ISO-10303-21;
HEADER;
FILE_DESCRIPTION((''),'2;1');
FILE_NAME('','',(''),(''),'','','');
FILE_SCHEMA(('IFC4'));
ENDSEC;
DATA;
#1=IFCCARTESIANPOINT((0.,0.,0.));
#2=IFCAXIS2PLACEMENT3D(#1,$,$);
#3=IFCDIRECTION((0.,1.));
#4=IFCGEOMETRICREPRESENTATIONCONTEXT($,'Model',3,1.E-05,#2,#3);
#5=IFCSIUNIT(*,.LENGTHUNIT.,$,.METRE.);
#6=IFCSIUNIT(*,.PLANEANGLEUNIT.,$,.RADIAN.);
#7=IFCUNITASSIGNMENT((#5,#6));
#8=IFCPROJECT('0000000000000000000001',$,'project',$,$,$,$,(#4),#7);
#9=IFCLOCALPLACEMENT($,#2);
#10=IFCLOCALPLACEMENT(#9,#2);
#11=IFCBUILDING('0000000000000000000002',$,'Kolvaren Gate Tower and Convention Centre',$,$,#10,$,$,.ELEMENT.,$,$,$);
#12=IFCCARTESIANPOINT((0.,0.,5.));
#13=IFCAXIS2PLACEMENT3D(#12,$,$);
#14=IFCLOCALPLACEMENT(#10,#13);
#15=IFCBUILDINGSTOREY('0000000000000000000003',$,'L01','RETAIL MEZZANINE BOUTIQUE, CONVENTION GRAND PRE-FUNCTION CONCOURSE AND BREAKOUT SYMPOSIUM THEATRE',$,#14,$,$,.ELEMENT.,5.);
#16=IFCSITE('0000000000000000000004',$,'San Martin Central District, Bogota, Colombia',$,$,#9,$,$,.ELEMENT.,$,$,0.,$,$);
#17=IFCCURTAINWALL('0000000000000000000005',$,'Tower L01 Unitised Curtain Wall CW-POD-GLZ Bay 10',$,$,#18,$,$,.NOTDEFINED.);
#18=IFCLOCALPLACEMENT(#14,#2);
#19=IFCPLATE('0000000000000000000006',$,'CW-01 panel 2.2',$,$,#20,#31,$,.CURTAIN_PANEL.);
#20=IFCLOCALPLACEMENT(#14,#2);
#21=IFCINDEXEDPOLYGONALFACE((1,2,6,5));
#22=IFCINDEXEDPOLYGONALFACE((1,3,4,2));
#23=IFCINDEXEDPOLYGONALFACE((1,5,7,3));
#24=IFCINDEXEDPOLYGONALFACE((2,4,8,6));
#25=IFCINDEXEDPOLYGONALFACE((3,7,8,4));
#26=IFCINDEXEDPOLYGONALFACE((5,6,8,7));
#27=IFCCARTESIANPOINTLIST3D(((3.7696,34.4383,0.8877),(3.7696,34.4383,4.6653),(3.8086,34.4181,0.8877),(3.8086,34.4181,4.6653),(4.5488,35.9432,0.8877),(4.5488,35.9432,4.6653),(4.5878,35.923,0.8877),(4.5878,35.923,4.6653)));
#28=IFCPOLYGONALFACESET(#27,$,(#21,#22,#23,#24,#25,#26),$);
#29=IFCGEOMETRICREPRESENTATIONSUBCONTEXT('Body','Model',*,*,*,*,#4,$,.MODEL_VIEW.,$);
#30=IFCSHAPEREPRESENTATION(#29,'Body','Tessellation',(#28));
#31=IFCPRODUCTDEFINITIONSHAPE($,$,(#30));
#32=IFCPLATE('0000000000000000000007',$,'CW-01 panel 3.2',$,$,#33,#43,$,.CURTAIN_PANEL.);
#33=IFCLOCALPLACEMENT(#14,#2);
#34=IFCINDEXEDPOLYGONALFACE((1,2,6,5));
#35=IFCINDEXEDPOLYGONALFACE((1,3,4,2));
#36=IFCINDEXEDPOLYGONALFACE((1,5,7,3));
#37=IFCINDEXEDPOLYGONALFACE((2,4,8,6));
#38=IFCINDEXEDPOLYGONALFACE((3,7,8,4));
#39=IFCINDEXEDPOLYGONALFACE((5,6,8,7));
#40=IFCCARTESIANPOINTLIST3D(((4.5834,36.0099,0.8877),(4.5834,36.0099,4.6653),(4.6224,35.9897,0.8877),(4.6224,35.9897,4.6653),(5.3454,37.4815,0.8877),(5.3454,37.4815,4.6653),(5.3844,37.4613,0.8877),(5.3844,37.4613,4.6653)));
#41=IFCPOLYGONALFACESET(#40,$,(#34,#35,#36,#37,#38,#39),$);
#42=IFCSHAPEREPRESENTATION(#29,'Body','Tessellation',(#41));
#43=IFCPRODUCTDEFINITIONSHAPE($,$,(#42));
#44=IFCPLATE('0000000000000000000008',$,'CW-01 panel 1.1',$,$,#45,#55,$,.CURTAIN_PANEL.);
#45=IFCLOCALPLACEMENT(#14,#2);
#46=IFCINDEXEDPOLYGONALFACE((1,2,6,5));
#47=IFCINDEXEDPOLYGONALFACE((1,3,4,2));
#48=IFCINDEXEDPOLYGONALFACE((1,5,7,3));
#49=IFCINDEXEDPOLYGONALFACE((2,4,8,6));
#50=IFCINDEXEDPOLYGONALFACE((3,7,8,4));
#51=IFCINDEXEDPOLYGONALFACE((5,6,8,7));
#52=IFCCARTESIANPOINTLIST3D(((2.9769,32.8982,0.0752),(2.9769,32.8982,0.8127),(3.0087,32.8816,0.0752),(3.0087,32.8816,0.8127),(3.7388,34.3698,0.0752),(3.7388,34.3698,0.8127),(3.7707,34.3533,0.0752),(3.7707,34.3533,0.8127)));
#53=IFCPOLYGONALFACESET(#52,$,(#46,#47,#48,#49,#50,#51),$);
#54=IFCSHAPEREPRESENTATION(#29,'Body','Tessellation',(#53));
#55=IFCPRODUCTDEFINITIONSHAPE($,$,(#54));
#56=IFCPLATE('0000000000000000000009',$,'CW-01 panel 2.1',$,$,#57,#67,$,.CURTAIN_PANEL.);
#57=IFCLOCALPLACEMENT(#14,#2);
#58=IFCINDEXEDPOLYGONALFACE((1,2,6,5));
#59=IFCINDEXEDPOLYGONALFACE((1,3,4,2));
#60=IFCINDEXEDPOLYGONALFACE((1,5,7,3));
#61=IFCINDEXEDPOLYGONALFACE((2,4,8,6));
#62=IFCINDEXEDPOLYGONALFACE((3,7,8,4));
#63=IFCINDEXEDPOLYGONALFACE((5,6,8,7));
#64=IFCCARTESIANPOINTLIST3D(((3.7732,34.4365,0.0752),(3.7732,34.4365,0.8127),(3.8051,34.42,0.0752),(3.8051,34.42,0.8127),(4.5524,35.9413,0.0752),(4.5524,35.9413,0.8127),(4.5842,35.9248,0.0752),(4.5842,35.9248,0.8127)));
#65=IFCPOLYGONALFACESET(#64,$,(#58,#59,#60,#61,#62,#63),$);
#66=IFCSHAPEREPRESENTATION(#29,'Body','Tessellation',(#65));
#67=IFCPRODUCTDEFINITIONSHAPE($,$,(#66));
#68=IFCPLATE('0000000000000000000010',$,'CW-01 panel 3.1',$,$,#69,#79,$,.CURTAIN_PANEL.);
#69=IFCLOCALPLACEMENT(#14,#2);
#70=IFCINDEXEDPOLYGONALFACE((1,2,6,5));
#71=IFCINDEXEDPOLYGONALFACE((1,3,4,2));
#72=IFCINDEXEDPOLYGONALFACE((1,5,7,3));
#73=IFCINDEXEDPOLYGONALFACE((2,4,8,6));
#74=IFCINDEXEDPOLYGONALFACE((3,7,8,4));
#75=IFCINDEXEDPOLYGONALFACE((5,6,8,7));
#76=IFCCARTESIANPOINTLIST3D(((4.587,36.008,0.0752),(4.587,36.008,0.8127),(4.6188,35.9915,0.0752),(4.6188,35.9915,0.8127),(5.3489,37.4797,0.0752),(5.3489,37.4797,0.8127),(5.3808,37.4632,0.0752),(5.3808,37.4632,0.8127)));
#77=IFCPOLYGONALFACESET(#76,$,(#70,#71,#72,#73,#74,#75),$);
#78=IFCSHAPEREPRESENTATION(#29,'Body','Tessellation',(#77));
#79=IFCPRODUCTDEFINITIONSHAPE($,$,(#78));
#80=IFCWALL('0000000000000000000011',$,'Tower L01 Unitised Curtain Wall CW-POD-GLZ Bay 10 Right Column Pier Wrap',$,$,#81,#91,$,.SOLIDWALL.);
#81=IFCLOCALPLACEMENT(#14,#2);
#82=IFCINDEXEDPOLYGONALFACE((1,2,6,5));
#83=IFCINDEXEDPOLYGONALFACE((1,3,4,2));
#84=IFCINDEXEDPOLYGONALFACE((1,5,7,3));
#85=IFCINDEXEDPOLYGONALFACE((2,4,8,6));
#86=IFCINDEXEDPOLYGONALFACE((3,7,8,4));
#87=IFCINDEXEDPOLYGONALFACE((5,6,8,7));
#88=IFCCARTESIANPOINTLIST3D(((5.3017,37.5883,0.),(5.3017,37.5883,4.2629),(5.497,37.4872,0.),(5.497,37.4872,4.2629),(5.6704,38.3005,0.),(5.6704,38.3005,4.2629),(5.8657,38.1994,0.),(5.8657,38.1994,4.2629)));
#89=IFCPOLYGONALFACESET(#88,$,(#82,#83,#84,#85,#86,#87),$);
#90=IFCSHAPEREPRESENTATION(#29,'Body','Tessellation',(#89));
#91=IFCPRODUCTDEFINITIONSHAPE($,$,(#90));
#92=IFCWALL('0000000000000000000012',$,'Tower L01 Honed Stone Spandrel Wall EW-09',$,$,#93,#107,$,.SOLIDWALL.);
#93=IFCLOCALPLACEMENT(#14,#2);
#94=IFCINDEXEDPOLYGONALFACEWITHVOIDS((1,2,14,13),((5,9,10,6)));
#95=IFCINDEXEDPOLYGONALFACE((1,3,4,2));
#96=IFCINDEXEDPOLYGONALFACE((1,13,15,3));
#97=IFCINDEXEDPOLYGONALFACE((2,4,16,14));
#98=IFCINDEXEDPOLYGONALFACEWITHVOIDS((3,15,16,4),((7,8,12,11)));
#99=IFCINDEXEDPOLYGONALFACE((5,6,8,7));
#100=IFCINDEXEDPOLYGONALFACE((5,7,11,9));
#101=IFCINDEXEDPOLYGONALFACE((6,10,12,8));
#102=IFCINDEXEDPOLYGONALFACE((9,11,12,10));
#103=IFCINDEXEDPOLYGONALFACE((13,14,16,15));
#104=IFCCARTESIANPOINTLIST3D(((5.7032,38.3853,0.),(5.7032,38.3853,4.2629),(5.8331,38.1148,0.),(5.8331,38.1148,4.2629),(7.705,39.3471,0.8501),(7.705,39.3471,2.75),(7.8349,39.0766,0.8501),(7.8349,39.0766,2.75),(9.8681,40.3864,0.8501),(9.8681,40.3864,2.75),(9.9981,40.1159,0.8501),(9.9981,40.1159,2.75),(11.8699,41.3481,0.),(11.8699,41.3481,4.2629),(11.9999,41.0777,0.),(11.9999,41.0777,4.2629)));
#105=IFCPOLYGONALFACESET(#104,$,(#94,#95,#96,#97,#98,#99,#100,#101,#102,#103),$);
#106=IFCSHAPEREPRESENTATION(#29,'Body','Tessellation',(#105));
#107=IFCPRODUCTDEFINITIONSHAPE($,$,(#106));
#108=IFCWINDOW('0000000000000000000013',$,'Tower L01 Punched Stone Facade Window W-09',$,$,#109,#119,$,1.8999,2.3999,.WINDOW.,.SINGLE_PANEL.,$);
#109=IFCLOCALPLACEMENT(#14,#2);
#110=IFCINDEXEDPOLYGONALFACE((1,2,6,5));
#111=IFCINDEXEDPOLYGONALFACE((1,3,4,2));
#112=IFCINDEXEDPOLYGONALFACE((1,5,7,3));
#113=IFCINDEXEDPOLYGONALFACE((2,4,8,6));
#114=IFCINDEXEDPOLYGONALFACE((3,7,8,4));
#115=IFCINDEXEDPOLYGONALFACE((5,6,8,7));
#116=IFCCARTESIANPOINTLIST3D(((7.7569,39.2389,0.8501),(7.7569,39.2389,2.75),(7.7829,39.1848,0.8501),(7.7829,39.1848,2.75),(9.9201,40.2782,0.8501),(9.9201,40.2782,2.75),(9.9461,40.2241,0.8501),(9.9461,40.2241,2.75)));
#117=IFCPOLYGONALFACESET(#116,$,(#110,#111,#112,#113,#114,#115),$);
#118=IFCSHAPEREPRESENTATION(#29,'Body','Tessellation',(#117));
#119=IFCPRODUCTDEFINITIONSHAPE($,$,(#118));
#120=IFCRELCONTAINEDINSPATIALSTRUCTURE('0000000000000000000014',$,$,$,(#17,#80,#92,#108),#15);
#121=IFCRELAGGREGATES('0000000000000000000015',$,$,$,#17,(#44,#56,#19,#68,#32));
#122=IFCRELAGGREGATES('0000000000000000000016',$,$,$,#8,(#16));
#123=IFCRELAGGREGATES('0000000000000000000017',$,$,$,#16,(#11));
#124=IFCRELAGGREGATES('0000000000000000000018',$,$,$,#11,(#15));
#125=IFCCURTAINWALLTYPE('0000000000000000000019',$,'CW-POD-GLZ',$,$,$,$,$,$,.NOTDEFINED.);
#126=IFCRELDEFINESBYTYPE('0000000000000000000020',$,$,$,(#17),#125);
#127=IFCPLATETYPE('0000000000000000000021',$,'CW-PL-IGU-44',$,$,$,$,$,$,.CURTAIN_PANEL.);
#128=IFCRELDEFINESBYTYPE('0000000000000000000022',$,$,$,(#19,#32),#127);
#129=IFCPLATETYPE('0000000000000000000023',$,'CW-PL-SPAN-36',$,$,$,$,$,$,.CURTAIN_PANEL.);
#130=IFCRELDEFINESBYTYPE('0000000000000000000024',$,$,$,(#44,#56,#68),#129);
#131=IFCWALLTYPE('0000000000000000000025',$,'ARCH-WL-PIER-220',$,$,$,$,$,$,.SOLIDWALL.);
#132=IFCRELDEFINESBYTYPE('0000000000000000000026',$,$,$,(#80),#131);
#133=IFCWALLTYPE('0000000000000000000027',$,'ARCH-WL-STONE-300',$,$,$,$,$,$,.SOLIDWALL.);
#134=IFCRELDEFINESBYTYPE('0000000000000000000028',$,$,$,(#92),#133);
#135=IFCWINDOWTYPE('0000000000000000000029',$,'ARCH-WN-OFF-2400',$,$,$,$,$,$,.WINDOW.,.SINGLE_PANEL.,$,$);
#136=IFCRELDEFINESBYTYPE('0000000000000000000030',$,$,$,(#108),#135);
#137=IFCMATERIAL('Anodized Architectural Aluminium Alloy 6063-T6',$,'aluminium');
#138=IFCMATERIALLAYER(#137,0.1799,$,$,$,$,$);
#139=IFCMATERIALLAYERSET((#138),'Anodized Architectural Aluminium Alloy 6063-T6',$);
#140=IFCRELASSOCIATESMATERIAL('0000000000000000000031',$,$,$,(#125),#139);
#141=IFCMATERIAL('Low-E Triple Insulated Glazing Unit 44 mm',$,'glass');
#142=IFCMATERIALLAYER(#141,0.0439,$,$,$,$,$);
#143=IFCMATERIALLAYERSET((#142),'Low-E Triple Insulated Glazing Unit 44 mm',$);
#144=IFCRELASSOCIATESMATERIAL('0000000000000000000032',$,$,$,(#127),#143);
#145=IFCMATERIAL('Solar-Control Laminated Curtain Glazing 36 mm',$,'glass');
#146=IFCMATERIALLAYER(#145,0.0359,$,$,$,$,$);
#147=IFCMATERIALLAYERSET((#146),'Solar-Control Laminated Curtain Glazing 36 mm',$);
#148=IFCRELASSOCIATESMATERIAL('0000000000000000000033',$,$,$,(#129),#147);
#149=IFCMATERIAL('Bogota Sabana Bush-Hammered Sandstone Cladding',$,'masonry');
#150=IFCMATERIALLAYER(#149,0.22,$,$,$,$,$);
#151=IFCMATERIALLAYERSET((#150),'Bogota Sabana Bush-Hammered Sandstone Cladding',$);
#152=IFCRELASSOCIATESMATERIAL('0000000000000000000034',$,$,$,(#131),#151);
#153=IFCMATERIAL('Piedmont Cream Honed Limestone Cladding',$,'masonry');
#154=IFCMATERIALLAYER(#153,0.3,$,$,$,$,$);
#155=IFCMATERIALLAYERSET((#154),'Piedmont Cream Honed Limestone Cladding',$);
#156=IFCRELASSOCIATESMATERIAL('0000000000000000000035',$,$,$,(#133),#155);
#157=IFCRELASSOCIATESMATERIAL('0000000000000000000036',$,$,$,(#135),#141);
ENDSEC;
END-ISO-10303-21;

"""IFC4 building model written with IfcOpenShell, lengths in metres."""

from ifc_helpers import new_model, si_unit, direction, frame, frame_2d, origin, origin_2d, place, context, subcontext, project, spatial, rectangle, extrude, material, layer, layer_set, type_object, element, fill, aggregate, save


model = new_model("IFC4")

# Units and contexts
model_context = context("Model", 3, precision=1e-05, world=origin(), true_north=direction((0.0, 1.0)))
body_context = subcontext(model_context, "Body", "Model", "MODEL_VIEW")
ifc_project = project(units=[si_unit("LENGTHUNIT", "METRE"), si_unit("PLANEANGLEUNIT", "RADIAN")], contexts=[model_context])

# Site, building, storey
site_placement = place(None, origin())
site = spatial("IfcSite", under=ifc_project, at=site_placement, Name="San Martin Central District, Bogota, Colombia", CompositionType="ELEMENT", RefElevation=0.0)
building_placement = place(site_placement, origin())
building = spatial("IfcBuilding", under=site, at=building_placement, Name="Kolvaren Gate Tower and Convention Centre", CompositionType="ELEMENT")
storey_placement = place(building_placement, frame((0.0, 0.0, 5.0)))
storey = spatial("IfcBuildingStorey", under=building, at=storey_placement, Name="L01", Description="RETAIL MEZZANINE BOUTIQUE, CONVENTION GRAND PRE-FUNCTION CONCOURSE AND BREAKOUT SYMPOSIUM THEATRE", CompositionType="ELEMENT", Elevation=5.0)

# Curtain wall, plates
ifc_material_1 = material(Name="Anodized Architectural Aluminium Alloy 6063-T6", Category="aluminium")
ifc_layer_1 = layer(ifc_material_1, 0.1799)
ifc_layer_set_1 = layer_set([ifc_layer_1], Name="Anodized Architectural Aluminium Alloy 6063-T6")
curtain_wall_type = type_object("IfcCurtainWallType", Name="CW-POD-GLZ", PredefinedType="NOTDEFINED", material=ifc_layer_set_1)
curtain_wall_placement = place(storey_placement, origin())
curtain_wall = element("IfcCurtainWall", 1, at=curtain_wall_placement, inside=storey, type_object=curtain_wall_type, Name="Tower L01 Unitised Curtain Wall CW-POD-GLZ Bay 10", PredefinedType="NOTDEFINED")
ifc_material_2 = material(Name="Low-E Triple Insulated Glazing Unit 44 mm", Category="glass")
ifc_layer_2 = layer(ifc_material_2, 0.0439)
ifc_layer_set_2 = layer_set([ifc_layer_2], Name="Low-E Triple Insulated Glazing Unit 44 mm")
plate_type_1 = type_object("IfcPlateType", Name="CW-PL-IGU-44", PredefinedType="CURTAIN_PANEL", material=ifc_layer_set_2)
plate_1_placement = place(storey_placement, frame((4.1787, 35.1807, 0.8877), z_axis=(0.0, 0.0, 1.0), x_axis=(0.459789, 0.888028, 0.0)))
plate_1 = element("IfcPlate", 2, at=plate_1_placement, type_object=plate_type_1, Name="CW-01 panel 2.2", PredefinedType="CURTAIN_PANEL", context=body_context, shape_type="SweptSolid", body=[
    extrude(rectangle(XDim=1.6946, YDim=0.0439, at=origin_2d()), origin(), (0.0, 0.0, 1.0), 3.7776),
])
plate_2_placement = place(storey_placement, frame((4.9839, 36.7356, 0.8877), z_axis=(0.0, 0.0, 1.0), x_axis=(0.459789, 0.888028, 0.0)))
plate_2 = element("IfcPlate", 3, at=plate_2_placement, type_object=plate_type_1, Name="CW-01 panel 3.2", PredefinedType="CURTAIN_PANEL", context=body_context, shape_type="SweptSolid", body=[
    extrude(rectangle(XDim=1.6572, YDim=0.0439, at=origin_2d()), origin(), (0.0, 0.0, 1.0), 3.7776),
])
ifc_material_3 = material(Name="Solar-Control Laminated Curtain Glazing 36 mm", Category="glass")
ifc_layer_3 = layer(ifc_material_3, 0.0359)
ifc_layer_set_3 = layer_set([ifc_layer_3], Name="Solar-Control Laminated Curtain Glazing 36 mm")
plate_type_2 = type_object("IfcPlateType", Name="CW-PL-SPAN-36", PredefinedType="CURTAIN_PANEL", material=ifc_layer_set_3)
plate_3_placement = place(storey_placement, frame((3.3738, 33.6257, 0.0752), z_axis=(0.0, 0.0, 1.0), x_axis=(0.459789, 0.888028, 0.0)))
plate_3 = element("IfcPlate", 4, at=plate_3_placement, type_object=plate_type_2, Name="CW-01 panel 1.1", PredefinedType="CURTAIN_PANEL", context=body_context, shape_type="SweptSolid", body=[
    extrude(rectangle(XDim=1.6572, YDim=0.0359, at=origin_2d()), origin(), (0.0, 0.0, 1.0), 0.7375),
])
plate_4_placement = place(storey_placement, frame((4.1787, 35.1807, 0.0752), z_axis=(0.0, 0.0, 1.0), x_axis=(0.459789, 0.888028, 0.0)))
plate_4 = element("IfcPlate", 5, at=plate_4_placement, type_object=plate_type_2, Name="CW-01 panel 2.1", PredefinedType="CURTAIN_PANEL", context=body_context, shape_type="SweptSolid", body=[
    extrude(rectangle(XDim=1.6946, YDim=0.0359, at=origin_2d()), origin(), (0.0, 0.0, 1.0), 0.7375),
])
plate_5_placement = place(storey_placement, frame((4.9839, 36.7356, 0.0752), z_axis=(0.0, 0.0, 1.0), x_axis=(0.459789, 0.888028, 0.0)))
plate_5 = element("IfcPlate", 6, at=plate_5_placement, type_object=plate_type_2, Name="CW-01 panel 3.1", PredefinedType="CURTAIN_PANEL", context=body_context, shape_type="SweptSolid", body=[
    extrude(rectangle(XDim=1.6572, YDim=0.0359, at=origin_2d()), origin(), (0.0, 0.0, 1.0), 0.7375),
])
aggregate(curtain_wall, [plate_3, plate_4, plate_1, plate_5, plate_2])

# Wall
ifc_material_4 = material(Name="Bogota Sabana Bush-Hammered Sandstone Cladding", Category="masonry")
ifc_layer_4 = layer(ifc_material_4, 0.22)
ifc_layer_set_4 = layer_set([ifc_layer_4], Name="Bogota Sabana Bush-Hammered Sandstone Cladding")
wall_type_1 = type_object("IfcWallType", Name="ARCH-WL-PIER-220", PredefinedType="SOLIDWALL", material=ifc_layer_set_4)
wall_1_placement = place(storey_placement, frame((5.3994, 37.5378, 0.0), z_axis=(0.0, 0.0, 1.0), x_axis=(0.459713, 0.888068, 0.0)))
element("IfcWall", 7, at=wall_1_placement, inside=storey, type_object=wall_type_1, Name="Tower L01 Unitised Curtain Wall CW-POD-GLZ Bay 10 Right Column Pier Wrap", PredefinedType="SOLIDWALL", context=body_context, shape_type="SweptSolid", body=[
    extrude(rectangle(XDim=0.802, YDim=0.22, at=frame_2d((0.4009, 0.0))), origin(), (0.0, 0.0, 1.0), 4.2629),
])

# Wall, opening, window
ifc_material_5 = material(Name="Piedmont Cream Honed Limestone Cladding", Category="masonry")
ifc_layer_5 = layer(ifc_material_5, 0.3)
ifc_layer_set_5 = layer_set([ifc_layer_5], Name="Piedmont Cream Honed Limestone Cladding")
wall_type_2 = type_object("IfcWallType", Name="ARCH-WL-STONE-300", PredefinedType="SOLIDWALL", material=ifc_layer_set_5)
wall_2_placement = place(storey_placement, frame((5.7681, 38.25, 0.0), z_axis=(0.0, 0.0, 1.0), x_axis=(0.90136, 0.43307, 0.0)))
wall_2 = element("IfcWall", 8, at=wall_2_placement, inside=storey, type_object=wall_type_2, Name="Tower L01 Honed Stone Spandrel Wall EW-09", PredefinedType="SOLIDWALL", context=body_context, shape_type="SweptSolid", body=[
    extrude(rectangle(XDim=6.8416, YDim=0.3, at=frame_2d((3.4209, 0.0))), origin(), (0.0, 0.0, 1.0), 4.2629),
])
opening_placement = place(wall_2_placement, frame((2.2209, 0.0, 0.8501)))
opening = element("IfcOpeningElement", 9, at=opening_placement, cuts=wall_2, PredefinedType="OPENING", context=body_context, shape_type="SweptSolid", body=[
    extrude(rectangle(XDim=2.3999, YDim=1.8999, at=frame_2d((1.2, 0.95))), frame((0.0, 0.1599, 0.0), z_axis=(0.0, -1.0, 0.0), x_axis=(1.0, 0.0, 0.0)), (0.0, 0.0, 1.0), 0.3201),
])
window_type = type_object("IfcWindowType", Name="ARCH-WN-OFF-2400", PartitioningType="SINGLE_PANEL", PredefinedType="WINDOW", material=ifc_material_2)
window_placement = place(opening_placement, origin())
window = element("IfcWindow", 10, at=window_placement, inside=storey, type_object=window_type, Name="Tower L01 Punched Stone Facade Window W-09", OverallHeight=1.8999, OverallWidth=2.3999, PartitioningType="SINGLE_PANEL", PredefinedType="WINDOW", context=body_context, shape_type="SweptSolid", body=[
    extrude(rectangle(XDim=2.3999, YDim=1.8999, at=frame_2d((1.2, 0.95))), frame((0.0, 0.03, 0.0), z_axis=(0.0, -1.0, 0.0), x_axis=(1.0, 0.0, 0.0)), (0.0, 0.0, 1.0), 0.0601),
])
fill(opening, window)

save(model, "model.ifc")
